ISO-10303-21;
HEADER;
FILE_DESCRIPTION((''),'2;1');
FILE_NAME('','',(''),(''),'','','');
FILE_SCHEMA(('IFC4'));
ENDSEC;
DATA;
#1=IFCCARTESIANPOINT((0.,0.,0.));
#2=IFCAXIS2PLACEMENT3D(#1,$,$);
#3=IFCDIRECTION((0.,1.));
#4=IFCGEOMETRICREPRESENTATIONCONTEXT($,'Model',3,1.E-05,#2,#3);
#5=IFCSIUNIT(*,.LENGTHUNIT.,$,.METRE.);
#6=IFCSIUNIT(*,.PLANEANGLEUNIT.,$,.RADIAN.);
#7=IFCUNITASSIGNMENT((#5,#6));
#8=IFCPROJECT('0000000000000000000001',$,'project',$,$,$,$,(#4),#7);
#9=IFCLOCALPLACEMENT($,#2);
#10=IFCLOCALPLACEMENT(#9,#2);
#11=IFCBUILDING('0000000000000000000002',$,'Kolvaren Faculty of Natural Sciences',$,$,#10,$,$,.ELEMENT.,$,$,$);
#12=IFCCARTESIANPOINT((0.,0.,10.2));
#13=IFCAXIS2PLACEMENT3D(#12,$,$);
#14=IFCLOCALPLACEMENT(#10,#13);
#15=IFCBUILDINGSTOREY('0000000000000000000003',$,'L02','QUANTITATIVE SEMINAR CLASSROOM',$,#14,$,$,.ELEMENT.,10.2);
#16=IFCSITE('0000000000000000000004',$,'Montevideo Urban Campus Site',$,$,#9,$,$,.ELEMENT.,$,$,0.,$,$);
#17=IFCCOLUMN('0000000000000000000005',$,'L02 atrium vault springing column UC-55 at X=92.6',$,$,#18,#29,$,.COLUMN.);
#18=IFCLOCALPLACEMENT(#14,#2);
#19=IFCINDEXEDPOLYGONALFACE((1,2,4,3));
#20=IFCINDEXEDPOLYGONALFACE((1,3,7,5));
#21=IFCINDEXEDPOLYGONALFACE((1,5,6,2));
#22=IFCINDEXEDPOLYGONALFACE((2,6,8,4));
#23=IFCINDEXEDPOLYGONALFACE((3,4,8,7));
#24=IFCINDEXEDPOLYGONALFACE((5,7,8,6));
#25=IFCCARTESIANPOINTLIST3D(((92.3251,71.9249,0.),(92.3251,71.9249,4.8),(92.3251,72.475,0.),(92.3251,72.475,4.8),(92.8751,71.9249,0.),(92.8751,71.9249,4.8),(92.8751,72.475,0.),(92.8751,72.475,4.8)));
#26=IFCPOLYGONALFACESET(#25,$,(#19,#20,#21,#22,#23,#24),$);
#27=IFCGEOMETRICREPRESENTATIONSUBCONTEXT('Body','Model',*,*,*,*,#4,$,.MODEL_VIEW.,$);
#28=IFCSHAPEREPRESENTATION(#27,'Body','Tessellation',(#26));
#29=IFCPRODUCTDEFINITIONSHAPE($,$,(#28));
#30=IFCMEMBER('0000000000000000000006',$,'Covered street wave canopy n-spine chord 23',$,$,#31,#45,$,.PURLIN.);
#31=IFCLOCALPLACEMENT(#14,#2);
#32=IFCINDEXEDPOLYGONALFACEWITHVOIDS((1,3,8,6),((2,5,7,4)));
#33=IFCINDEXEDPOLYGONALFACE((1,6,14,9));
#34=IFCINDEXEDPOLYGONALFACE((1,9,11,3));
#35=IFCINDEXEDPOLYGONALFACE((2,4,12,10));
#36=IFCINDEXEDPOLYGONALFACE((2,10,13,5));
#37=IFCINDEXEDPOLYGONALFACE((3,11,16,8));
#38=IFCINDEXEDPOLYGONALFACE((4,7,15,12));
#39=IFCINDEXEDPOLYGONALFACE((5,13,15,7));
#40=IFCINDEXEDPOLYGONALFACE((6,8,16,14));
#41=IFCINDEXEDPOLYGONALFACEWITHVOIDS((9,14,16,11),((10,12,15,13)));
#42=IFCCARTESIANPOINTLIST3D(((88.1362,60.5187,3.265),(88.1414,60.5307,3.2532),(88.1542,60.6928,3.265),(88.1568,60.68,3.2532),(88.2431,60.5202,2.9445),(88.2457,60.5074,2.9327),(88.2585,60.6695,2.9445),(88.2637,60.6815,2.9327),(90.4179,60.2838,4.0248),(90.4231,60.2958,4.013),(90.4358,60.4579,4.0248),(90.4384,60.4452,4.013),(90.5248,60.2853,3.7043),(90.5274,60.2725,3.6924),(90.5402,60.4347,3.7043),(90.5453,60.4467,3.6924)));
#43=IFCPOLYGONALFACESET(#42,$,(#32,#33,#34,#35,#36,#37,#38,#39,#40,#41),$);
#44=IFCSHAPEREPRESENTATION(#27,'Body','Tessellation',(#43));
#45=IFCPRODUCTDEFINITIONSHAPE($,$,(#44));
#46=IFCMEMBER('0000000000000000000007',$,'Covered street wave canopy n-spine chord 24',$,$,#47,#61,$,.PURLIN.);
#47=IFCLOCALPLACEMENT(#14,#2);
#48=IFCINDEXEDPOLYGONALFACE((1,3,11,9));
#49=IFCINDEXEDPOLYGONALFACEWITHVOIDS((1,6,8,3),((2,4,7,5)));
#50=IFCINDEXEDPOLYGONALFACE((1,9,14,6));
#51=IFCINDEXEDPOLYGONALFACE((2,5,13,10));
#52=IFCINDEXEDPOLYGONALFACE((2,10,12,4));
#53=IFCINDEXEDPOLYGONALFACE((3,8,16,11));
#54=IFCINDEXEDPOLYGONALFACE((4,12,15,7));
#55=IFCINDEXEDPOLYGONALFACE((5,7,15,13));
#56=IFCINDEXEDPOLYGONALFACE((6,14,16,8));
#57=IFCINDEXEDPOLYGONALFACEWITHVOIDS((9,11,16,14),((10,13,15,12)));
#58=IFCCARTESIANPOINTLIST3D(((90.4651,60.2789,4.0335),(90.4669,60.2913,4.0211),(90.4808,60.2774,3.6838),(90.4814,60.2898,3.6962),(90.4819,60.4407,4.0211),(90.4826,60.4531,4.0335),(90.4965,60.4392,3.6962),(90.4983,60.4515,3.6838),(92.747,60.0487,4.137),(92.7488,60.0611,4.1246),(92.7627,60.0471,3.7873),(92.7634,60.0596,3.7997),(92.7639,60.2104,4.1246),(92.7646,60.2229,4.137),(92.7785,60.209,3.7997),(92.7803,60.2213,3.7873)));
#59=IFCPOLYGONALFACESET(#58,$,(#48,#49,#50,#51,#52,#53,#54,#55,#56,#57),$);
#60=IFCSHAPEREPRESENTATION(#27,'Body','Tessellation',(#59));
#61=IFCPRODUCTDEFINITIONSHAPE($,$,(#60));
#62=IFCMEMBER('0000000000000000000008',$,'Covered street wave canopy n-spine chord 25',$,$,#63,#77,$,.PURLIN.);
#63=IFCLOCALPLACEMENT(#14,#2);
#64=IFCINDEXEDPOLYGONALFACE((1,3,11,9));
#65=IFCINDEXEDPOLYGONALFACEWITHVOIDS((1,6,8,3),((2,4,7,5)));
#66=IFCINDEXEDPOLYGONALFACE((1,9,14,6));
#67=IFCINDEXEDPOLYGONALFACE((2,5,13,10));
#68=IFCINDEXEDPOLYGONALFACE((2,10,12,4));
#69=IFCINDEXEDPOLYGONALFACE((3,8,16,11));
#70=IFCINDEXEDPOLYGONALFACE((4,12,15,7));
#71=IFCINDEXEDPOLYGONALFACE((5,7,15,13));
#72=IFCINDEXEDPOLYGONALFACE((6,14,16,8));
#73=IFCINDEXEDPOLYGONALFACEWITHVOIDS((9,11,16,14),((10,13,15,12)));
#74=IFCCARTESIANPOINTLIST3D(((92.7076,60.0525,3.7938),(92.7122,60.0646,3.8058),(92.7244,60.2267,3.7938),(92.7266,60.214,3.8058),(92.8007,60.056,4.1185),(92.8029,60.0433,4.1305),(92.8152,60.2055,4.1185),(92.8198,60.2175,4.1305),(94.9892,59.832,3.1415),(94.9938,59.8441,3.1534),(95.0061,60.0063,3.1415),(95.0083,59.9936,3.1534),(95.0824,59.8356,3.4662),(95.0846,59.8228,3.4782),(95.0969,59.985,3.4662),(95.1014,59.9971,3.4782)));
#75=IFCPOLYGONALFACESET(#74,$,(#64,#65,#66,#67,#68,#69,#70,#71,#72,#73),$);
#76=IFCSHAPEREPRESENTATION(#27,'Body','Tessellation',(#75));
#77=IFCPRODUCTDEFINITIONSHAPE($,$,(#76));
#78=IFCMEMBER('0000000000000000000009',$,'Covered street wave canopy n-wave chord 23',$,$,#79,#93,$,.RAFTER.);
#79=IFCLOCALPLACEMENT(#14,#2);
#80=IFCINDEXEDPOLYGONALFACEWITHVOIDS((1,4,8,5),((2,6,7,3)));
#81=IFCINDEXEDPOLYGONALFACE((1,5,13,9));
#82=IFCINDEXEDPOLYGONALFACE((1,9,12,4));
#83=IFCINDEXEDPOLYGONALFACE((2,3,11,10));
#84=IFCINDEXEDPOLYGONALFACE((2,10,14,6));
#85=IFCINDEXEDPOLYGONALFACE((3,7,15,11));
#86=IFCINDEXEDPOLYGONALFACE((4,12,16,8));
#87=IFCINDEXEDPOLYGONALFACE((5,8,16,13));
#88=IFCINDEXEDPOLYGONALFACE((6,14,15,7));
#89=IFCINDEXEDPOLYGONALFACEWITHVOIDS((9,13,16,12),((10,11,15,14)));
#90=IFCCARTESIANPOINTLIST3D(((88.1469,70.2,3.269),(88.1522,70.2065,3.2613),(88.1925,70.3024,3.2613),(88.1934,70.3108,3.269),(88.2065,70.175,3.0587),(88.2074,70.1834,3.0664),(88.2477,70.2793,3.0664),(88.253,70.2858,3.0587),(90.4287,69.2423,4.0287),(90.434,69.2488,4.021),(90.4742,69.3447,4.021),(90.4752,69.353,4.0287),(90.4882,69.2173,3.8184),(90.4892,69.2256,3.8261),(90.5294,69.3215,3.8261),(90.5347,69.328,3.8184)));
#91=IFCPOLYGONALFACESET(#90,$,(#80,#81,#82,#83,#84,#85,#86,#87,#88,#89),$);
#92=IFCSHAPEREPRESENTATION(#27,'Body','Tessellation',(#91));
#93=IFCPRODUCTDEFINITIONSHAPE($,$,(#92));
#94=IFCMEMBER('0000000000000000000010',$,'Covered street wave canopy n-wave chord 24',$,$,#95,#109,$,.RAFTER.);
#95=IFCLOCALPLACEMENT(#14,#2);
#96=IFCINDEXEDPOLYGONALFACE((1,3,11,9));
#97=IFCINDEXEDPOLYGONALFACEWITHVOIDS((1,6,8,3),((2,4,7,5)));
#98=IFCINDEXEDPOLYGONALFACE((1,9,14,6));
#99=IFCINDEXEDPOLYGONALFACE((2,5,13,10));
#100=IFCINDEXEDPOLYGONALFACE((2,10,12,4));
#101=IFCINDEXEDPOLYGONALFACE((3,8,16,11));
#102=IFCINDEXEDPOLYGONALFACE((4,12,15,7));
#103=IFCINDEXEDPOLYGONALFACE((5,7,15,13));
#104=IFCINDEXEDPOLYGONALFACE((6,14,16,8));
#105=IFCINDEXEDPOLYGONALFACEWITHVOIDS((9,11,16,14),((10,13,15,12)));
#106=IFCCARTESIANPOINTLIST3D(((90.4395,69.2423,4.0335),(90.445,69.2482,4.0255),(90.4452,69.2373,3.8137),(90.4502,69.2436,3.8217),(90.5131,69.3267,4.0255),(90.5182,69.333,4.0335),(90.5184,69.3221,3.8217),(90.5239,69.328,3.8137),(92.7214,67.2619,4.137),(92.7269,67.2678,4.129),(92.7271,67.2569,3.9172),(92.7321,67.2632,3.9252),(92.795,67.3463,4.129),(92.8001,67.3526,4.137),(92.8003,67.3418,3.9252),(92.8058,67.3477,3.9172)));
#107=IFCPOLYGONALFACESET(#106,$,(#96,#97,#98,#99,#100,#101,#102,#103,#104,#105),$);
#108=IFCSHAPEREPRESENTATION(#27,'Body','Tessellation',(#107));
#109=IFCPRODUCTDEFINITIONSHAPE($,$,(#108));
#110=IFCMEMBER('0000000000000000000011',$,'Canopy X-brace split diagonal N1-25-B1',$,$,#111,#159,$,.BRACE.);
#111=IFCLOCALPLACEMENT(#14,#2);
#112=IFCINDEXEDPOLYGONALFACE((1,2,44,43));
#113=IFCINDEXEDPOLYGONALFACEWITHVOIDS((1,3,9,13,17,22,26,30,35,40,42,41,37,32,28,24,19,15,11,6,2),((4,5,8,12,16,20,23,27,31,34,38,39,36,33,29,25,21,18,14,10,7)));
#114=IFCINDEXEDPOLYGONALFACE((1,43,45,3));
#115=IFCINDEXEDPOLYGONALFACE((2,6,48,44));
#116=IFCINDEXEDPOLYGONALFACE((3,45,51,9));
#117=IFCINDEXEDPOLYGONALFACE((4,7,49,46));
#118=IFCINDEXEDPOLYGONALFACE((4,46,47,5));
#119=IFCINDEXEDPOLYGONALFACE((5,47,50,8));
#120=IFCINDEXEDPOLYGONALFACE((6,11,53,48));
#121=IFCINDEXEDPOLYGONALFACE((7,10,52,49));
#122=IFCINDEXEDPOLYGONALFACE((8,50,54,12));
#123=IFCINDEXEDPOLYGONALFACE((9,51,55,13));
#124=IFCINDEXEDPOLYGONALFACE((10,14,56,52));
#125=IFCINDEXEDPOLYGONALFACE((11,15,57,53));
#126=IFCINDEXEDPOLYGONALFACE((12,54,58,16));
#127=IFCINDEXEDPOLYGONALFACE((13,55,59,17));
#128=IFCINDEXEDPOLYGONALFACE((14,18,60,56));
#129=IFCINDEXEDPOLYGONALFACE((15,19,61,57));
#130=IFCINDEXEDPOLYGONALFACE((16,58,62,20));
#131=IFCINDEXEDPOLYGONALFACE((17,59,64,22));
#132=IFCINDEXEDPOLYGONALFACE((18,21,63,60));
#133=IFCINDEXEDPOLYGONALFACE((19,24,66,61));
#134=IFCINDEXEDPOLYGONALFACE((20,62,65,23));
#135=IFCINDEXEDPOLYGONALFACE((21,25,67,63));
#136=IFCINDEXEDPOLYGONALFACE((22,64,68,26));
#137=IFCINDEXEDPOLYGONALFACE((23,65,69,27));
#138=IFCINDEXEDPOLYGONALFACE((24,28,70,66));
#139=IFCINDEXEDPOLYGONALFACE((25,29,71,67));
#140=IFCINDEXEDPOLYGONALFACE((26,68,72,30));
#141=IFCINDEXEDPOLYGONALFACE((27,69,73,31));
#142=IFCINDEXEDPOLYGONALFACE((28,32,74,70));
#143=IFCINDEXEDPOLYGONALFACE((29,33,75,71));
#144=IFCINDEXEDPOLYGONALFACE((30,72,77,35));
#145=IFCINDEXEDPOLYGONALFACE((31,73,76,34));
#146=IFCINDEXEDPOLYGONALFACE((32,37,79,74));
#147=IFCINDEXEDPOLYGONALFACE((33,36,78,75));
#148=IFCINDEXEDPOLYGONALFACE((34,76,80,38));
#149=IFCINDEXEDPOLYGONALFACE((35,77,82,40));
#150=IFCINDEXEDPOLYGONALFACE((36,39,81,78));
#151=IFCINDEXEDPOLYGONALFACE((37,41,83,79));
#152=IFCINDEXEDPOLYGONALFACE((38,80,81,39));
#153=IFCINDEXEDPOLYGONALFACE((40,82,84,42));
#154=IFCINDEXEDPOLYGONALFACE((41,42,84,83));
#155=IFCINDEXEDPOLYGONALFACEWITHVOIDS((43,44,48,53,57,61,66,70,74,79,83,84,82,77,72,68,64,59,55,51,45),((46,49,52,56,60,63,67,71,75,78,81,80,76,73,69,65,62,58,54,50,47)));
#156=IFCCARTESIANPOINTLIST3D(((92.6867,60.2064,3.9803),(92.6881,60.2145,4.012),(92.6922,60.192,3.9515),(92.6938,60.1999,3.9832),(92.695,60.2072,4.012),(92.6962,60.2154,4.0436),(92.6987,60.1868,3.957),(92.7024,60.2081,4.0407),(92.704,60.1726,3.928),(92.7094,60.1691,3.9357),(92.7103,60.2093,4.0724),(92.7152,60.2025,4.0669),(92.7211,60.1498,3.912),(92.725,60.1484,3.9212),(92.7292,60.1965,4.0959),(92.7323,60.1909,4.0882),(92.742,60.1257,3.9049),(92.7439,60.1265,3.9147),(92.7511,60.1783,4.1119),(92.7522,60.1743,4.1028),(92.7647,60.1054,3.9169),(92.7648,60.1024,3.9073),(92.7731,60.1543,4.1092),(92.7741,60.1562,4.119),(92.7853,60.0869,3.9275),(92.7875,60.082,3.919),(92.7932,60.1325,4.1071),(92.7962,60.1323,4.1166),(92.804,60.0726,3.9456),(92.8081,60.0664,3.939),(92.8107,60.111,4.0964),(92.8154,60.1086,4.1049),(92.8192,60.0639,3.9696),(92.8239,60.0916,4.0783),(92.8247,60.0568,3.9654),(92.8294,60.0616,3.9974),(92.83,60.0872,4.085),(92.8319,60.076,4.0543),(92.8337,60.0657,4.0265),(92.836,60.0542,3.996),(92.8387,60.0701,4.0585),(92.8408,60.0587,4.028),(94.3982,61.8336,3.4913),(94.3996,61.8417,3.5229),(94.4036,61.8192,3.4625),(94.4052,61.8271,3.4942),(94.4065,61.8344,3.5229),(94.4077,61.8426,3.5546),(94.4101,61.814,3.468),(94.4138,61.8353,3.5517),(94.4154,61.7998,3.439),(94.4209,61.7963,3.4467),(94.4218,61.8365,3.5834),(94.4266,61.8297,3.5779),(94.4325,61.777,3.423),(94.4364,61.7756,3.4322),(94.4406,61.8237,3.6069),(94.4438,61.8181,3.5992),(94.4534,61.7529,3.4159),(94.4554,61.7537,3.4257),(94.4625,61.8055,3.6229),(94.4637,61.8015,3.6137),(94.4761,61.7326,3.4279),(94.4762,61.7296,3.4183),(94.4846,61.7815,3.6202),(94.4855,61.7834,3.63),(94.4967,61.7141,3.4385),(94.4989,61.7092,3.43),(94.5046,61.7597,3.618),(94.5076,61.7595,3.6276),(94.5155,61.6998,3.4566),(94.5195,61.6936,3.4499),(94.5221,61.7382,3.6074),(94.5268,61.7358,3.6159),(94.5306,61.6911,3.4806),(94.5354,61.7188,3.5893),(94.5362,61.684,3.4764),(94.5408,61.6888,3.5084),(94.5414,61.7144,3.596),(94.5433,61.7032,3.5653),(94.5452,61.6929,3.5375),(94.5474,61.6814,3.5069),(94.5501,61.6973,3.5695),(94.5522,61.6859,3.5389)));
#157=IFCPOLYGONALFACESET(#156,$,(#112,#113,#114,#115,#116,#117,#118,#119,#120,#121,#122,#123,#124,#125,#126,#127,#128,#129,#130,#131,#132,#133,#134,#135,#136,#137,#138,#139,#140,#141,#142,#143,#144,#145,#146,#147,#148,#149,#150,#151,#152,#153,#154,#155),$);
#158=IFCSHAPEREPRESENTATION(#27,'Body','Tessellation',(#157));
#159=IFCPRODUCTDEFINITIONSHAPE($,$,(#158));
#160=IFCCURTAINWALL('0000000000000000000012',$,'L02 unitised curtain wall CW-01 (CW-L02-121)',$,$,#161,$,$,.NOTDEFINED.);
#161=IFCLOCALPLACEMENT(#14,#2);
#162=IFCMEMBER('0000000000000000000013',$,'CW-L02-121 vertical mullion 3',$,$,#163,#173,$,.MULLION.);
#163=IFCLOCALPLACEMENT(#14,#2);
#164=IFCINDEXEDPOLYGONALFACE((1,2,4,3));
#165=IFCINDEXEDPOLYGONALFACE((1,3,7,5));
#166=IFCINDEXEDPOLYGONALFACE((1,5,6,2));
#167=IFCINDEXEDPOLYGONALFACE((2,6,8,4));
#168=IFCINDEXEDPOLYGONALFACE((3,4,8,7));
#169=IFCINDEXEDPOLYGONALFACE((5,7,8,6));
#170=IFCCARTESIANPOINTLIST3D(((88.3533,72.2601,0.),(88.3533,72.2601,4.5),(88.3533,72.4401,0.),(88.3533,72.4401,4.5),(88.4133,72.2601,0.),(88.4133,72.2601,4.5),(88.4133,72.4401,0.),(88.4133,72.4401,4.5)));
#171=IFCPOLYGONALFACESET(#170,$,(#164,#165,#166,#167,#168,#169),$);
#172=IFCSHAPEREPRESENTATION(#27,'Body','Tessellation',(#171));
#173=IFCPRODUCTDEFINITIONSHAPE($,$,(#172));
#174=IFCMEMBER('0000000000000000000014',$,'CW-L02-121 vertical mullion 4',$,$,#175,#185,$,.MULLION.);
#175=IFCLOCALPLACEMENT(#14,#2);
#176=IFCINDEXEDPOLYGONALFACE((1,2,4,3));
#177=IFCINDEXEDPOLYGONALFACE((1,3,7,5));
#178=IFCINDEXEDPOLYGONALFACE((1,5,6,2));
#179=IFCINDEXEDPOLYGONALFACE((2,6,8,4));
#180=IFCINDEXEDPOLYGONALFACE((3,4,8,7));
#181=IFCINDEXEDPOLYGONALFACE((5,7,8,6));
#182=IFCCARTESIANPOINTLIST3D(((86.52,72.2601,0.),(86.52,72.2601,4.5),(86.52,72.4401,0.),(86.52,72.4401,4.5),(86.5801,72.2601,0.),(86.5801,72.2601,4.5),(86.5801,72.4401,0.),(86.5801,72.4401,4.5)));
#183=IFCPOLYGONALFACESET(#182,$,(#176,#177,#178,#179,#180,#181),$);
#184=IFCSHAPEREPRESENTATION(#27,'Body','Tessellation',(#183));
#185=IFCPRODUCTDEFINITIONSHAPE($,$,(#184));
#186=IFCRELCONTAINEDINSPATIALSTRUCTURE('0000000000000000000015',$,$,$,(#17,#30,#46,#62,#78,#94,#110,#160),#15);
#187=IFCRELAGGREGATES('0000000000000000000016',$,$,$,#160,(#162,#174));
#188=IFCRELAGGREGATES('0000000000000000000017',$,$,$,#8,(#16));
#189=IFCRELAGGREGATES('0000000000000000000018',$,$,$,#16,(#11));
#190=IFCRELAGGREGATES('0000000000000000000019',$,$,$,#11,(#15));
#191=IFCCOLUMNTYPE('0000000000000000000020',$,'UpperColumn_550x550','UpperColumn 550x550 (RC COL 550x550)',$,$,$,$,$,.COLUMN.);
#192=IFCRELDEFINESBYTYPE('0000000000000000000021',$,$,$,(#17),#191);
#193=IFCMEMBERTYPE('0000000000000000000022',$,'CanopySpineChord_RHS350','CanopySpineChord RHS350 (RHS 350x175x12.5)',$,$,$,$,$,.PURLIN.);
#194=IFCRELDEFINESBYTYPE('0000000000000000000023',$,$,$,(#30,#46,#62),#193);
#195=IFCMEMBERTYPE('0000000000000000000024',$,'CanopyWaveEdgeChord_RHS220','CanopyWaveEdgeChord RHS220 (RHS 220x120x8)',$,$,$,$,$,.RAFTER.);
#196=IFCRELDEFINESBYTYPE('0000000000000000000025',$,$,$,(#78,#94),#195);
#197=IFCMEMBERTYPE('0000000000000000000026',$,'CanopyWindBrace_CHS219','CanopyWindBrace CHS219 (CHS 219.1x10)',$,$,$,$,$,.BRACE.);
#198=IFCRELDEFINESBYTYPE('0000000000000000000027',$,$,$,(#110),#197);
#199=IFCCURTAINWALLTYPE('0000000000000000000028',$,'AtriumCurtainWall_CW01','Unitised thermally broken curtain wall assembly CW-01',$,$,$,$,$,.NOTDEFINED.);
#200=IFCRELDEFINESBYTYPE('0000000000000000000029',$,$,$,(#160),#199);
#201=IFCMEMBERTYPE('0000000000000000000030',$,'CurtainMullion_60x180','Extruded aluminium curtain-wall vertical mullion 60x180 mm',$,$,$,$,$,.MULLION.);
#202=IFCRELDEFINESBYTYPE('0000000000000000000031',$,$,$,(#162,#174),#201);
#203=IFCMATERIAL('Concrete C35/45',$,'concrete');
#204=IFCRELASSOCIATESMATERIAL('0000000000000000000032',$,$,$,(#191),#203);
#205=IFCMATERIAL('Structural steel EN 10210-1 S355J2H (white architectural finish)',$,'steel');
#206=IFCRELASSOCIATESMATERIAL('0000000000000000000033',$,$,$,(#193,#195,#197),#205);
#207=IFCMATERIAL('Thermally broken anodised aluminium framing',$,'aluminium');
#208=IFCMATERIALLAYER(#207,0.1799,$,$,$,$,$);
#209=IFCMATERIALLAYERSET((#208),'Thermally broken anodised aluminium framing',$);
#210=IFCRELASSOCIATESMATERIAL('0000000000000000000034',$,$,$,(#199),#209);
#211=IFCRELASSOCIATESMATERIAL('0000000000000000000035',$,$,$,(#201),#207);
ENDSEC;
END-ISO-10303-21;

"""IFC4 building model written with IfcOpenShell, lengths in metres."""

from ifc_helpers import new_model, si_unit, direction, frame, origin, origin_2d, place, context, subcontext, project, spatial, rectangle, hollow_rectangle, hollow_circle, extrude, material, layer, layer_set, material_profile, profile_set, type_object, element, aggregate, save


model = new_model("IFC4")

# Units and contexts
model_context = context("Model", 3, precision=1e-05, world=origin(), true_north=direction((0.0, 1.0)))
body_context = subcontext(model_context, "Body", "Model", "MODEL_VIEW")
ifc_project = project(units=[si_unit("LENGTHUNIT", "METRE"), si_unit("PLANEANGLEUNIT", "RADIAN")], contexts=[model_context])

# Site, building, storey
site_placement = place(None, origin())
site = spatial("IfcSite", under=ifc_project, at=site_placement, Name="Montevideo Urban Campus Site", CompositionType="ELEMENT", RefElevation=0.0)
building_placement = place(site_placement, origin())
building = spatial("IfcBuilding", under=site, at=building_placement, Name="Kolvaren Faculty of Natural Sciences", CompositionType="ELEMENT")
storey_placement = place(building_placement, frame((0.0, 0.0, 10.2)))
storey = spatial("IfcBuildingStorey", under=building, at=storey_placement, Name="L02", Description="QUANTITATIVE SEMINAR CLASSROOM", CompositionType="ELEMENT", Elevation=10.2)

# Column
ifc_material_1 = material(Name="Concrete C35/45", Category="concrete")
ifc_material_profile_1 = material_profile(ifc_material_1, rectangle(XDim=0.55, YDim=0.55, at=origin_2d()), Name="RC COL 550x550")
ifc_profile_set_1 = profile_set([ifc_material_profile_1], Name="Concrete C35/45")
column_type = type_object("IfcColumnType", Name="UpperColumn_550x550", Description="UpperColumn 550x550 (RC COL 550x550)", PredefinedType="COLUMN", material=ifc_profile_set_1)
column_placement = place(storey_placement, frame((92.6001, 72.2, 0.0), z_axis=(0.0, 0.0, 1.0), x_axis=(1.0, 0.0, 0.0)))
element("IfcColumn", 1, at=column_placement, inside=storey, type_object=column_type, Name="L02 atrium vault springing column UC-55 at X=92.6", PredefinedType="COLUMN", context=body_context, shape_type="SweptSolid", body=[
    extrude(rectangle(XDim=0.55, YDim=0.55, at=origin_2d()), origin(), (0.0, 0.0, 1.0), 4.8),
])

# Members
ifc_material_2 = material(Name="Structural steel EN 10210-1 S355J2H (white architectural finish)", Category="steel")
ifc_material_profile_2 = material_profile(ifc_material_2, hollow_rectangle(XDim=0.175, YDim=0.3501, WallThickness=0.0125, at=origin_2d()), Name="RHS 350x175x12.5")
ifc_profile_set_2 = profile_set([ifc_material_profile_2], Name="Structural steel EN 10210-1 S355J2H (white architectural finish)")
member_type_1 = type_object("IfcMemberType", Name="CanopySpineChord_RHS350", Description="CanopySpineChord RHS350 (RHS 350x175x12.5)", PredefinedType="PURLIN", material=ifc_profile_set_2)
member_1_placement = place(storey_placement, frame((88.2, 60.6001, 3.0989), z_axis=(0.944292, -0.097198, 0.314427), x_axis=(0.102391, 0.994744, 0.0)))
element("IfcMember", 2, at=member_1_placement, inside=storey, type_object=member_type_1, Name="Covered street wave canopy n-spine chord 23", PredefinedType="PURLIN", context=body_context, shape_type="SweptSolid", body=[
    extrude(hollow_rectangle(XDim=0.175, YDim=0.3501, WallThickness=0.0125, at=origin_2d()), origin(), (0.0, 0.0, 1.0), 2.4163),
])
member_2_placement = place(storey_placement, frame((90.4817, 60.3652, 3.8586), z_axis=(0.993938, -0.100276, 0.045087), x_axis=(0.100378, 0.994949, 0.0)))
element("IfcMember", 3, at=member_2_placement, inside=storey, type_object=member_type_1, Name="Covered street wave canopy n-spine chord 24", PredefinedType="PURLIN", context=body_context, shape_type="SweptSolid", body=[
    extrude(hollow_rectangle(XDim=0.175, YDim=0.3501, WallThickness=0.0125, at=origin_2d()), origin(), (0.0, 0.0, 1.0), 2.2959),
])
member_3_placement = place(storey_placement, frame((92.7637, 60.135, 3.9622), z_axis=(0.957355, -0.092499, -0.273706), x_axis=(0.096171, 0.995365, 0.0)))
element("IfcMember", 4, at=member_3_placement, inside=storey, type_object=member_type_1, Name="Covered street wave canopy n-spine chord 25", PredefinedType="PURLIN", context=body_context, shape_type="SweptSolid", body=[
    extrude(hollow_rectangle(XDim=0.175, YDim=0.3501, WallThickness=0.0125, at=origin_2d()), origin(), (0.0, 0.0, 1.0), 2.3833),
])
ifc_material_profile_3 = material_profile(ifc_material_2, hollow_rectangle(XDim=0.1201, YDim=0.22, WallThickness=0.0081, at=origin_2d()), Name="RHS 220x120x8")
ifc_profile_set_3 = profile_set([ifc_material_profile_3], Name="Structural steel EN 10210-1 S355J2H (white architectural finish)")
member_type_2 = type_object("IfcMemberType", Name="CanopyWaveEdgeChord_RHS220", Description="CanopyWaveEdgeChord RHS220 (RHS 220x120x8)", PredefinedType="RAFTER", material=ifc_profile_set_3)
member_4_placement = place(storey_placement, frame((88.2, 70.2429, 3.1638), z_axis=(0.881454, -0.369992, 0.293504), x_axis=(0.387038, 0.922064, 0.0)))
element("IfcMember", 5, at=member_4_placement, inside=storey, type_object=member_type_2, Name="Covered street wave canopy n-wave chord 23", PredefinedType="RAFTER", context=body_context, shape_type="SweptSolid", body=[
    extrude(hollow_rectangle(XDim=0.1201, YDim=0.22, WallThickness=0.0081, at=origin_2d()), origin(), (0.0, 0.0, 1.0), 2.5886),
])
member_5_placement = place(storey_placement, frame((90.4817, 69.2852, 3.9236), z_axis=(0.754796, -0.655066, 0.034239), x_axis=(0.65545, 0.755238, 0.0)))
element("IfcMember", 6, at=member_5_placement, inside=storey, type_object=member_type_2, Name="Covered street wave canopy n-wave chord 24", PredefinedType="RAFTER", context=body_context, shape_type="SweptSolid", body=[
    extrude(hollow_rectangle(XDim=0.1201, YDim=0.22, WallThickness=0.0081, at=origin_2d()), origin(), (0.0, 0.0, 1.0), 3.0232),
])
ifc_material_profile_4 = material_profile(ifc_material_2, hollow_circle(Radius=0.1096, WallThickness=0.01, at=origin_2d()), Name="CHS 219.1x10")
ifc_profile_set_4 = profile_set([ifc_material_profile_4], Name="Structural steel EN 10210-1 S355J2H (white architectural finish)")
member_type_3 = type_object("IfcMemberType", Name="CanopyWindBrace_CHS219", Description="CanopyWindBrace CHS219 (CHS 219.1x10)", PredefinedType="BRACE", material=ifc_profile_set_4)
member_6_placement = place(storey_placement, frame((92.7637, 60.135, 4.012), z_axis=(0.70966, 0.674734, -0.202774), x_axis=(-0.689048, 0.724715, 0.0)))
element("IfcMember", 7, at=member_6_placement, inside=storey, type_object=member_type_3, Name="Canopy X-brace split diagonal N1-25-B1", PredefinedType="BRACE", context=body_context, shape_type="SweptSolid", body=[
    extrude(hollow_circle(Radius=0.1096, WallThickness=0.01, at=origin_2d()), origin(), (0.0, 0.0, 1.0), 2.4116),
])

# Curtain wall, members
ifc_material_3 = material(Name="Thermally broken anodised aluminium framing", Category="aluminium")
ifc_layer_1 = layer(ifc_material_3, 0.1799)
ifc_layer_set_1 = layer_set([ifc_layer_1], Name="Thermally broken anodised aluminium framing")
curtain_wall_type = type_object("IfcCurtainWallType", Name="AtriumCurtainWall_CW01", Description="Unitised thermally broken curtain wall assembly CW-01", PredefinedType="NOTDEFINED", material=ifc_layer_set_1)
curtain_wall_placement = place(storey_placement, origin())
curtain_wall = element("IfcCurtainWall", 8, at=curtain_wall_placement, inside=storey, type_object=curtain_wall_type, Name="L02 unitised curtain wall CW-01 (CW-L02-121)", PredefinedType="NOTDEFINED")
ifc_material_profile_5 = material_profile(ifc_material_3, rectangle(XDim=0.0601, YDim=0.1799, at=origin_2d()), Name="ALU MUL 60x180")
ifc_profile_set_5 = profile_set([ifc_material_profile_5], Name="Thermally broken anodised aluminium framing")
member_type_4 = type_object("IfcMemberType", Name="CurtainMullion_60x180", Description="Extruded aluminium curtain-wall vertical mullion 60x180 mm", PredefinedType="MULLION", material=ifc_profile_set_5)
member_7_placement = place(storey_placement, frame((88.3833, 72.3501, 0.0), z_axis=(0.0, 0.0, 1.0), x_axis=(-1.0, 0.0, 0.0)))
member_7 = element("IfcMember", 9, at=member_7_placement, type_object=member_type_4, Name="CW-L02-121 vertical mullion 3", PredefinedType="MULLION", context=body_context, shape_type="SweptSolid", body=[
    extrude(rectangle(XDim=0.0601, YDim=0.1799, at=origin_2d()), origin(), (0.0, 0.0, 1.0), 4.5),
])
member_8_placement = place(storey_placement, frame((86.55, 72.3501, 0.0), z_axis=(0.0, 0.0, 1.0), x_axis=(-1.0, 0.0, 0.0)))
member_8 = element("IfcMember", 10, at=member_8_placement, type_object=member_type_4, Name="CW-L02-121 vertical mullion 4", PredefinedType="MULLION", context=body_context, shape_type="SweptSolid", body=[
    extrude(rectangle(XDim=0.0601, YDim=0.1799, at=origin_2d()), origin(), (0.0, 0.0, 1.0), 4.5),
])

aggregate(curtain_wall, [member_7, member_8])

save(model, "model.ifc")
